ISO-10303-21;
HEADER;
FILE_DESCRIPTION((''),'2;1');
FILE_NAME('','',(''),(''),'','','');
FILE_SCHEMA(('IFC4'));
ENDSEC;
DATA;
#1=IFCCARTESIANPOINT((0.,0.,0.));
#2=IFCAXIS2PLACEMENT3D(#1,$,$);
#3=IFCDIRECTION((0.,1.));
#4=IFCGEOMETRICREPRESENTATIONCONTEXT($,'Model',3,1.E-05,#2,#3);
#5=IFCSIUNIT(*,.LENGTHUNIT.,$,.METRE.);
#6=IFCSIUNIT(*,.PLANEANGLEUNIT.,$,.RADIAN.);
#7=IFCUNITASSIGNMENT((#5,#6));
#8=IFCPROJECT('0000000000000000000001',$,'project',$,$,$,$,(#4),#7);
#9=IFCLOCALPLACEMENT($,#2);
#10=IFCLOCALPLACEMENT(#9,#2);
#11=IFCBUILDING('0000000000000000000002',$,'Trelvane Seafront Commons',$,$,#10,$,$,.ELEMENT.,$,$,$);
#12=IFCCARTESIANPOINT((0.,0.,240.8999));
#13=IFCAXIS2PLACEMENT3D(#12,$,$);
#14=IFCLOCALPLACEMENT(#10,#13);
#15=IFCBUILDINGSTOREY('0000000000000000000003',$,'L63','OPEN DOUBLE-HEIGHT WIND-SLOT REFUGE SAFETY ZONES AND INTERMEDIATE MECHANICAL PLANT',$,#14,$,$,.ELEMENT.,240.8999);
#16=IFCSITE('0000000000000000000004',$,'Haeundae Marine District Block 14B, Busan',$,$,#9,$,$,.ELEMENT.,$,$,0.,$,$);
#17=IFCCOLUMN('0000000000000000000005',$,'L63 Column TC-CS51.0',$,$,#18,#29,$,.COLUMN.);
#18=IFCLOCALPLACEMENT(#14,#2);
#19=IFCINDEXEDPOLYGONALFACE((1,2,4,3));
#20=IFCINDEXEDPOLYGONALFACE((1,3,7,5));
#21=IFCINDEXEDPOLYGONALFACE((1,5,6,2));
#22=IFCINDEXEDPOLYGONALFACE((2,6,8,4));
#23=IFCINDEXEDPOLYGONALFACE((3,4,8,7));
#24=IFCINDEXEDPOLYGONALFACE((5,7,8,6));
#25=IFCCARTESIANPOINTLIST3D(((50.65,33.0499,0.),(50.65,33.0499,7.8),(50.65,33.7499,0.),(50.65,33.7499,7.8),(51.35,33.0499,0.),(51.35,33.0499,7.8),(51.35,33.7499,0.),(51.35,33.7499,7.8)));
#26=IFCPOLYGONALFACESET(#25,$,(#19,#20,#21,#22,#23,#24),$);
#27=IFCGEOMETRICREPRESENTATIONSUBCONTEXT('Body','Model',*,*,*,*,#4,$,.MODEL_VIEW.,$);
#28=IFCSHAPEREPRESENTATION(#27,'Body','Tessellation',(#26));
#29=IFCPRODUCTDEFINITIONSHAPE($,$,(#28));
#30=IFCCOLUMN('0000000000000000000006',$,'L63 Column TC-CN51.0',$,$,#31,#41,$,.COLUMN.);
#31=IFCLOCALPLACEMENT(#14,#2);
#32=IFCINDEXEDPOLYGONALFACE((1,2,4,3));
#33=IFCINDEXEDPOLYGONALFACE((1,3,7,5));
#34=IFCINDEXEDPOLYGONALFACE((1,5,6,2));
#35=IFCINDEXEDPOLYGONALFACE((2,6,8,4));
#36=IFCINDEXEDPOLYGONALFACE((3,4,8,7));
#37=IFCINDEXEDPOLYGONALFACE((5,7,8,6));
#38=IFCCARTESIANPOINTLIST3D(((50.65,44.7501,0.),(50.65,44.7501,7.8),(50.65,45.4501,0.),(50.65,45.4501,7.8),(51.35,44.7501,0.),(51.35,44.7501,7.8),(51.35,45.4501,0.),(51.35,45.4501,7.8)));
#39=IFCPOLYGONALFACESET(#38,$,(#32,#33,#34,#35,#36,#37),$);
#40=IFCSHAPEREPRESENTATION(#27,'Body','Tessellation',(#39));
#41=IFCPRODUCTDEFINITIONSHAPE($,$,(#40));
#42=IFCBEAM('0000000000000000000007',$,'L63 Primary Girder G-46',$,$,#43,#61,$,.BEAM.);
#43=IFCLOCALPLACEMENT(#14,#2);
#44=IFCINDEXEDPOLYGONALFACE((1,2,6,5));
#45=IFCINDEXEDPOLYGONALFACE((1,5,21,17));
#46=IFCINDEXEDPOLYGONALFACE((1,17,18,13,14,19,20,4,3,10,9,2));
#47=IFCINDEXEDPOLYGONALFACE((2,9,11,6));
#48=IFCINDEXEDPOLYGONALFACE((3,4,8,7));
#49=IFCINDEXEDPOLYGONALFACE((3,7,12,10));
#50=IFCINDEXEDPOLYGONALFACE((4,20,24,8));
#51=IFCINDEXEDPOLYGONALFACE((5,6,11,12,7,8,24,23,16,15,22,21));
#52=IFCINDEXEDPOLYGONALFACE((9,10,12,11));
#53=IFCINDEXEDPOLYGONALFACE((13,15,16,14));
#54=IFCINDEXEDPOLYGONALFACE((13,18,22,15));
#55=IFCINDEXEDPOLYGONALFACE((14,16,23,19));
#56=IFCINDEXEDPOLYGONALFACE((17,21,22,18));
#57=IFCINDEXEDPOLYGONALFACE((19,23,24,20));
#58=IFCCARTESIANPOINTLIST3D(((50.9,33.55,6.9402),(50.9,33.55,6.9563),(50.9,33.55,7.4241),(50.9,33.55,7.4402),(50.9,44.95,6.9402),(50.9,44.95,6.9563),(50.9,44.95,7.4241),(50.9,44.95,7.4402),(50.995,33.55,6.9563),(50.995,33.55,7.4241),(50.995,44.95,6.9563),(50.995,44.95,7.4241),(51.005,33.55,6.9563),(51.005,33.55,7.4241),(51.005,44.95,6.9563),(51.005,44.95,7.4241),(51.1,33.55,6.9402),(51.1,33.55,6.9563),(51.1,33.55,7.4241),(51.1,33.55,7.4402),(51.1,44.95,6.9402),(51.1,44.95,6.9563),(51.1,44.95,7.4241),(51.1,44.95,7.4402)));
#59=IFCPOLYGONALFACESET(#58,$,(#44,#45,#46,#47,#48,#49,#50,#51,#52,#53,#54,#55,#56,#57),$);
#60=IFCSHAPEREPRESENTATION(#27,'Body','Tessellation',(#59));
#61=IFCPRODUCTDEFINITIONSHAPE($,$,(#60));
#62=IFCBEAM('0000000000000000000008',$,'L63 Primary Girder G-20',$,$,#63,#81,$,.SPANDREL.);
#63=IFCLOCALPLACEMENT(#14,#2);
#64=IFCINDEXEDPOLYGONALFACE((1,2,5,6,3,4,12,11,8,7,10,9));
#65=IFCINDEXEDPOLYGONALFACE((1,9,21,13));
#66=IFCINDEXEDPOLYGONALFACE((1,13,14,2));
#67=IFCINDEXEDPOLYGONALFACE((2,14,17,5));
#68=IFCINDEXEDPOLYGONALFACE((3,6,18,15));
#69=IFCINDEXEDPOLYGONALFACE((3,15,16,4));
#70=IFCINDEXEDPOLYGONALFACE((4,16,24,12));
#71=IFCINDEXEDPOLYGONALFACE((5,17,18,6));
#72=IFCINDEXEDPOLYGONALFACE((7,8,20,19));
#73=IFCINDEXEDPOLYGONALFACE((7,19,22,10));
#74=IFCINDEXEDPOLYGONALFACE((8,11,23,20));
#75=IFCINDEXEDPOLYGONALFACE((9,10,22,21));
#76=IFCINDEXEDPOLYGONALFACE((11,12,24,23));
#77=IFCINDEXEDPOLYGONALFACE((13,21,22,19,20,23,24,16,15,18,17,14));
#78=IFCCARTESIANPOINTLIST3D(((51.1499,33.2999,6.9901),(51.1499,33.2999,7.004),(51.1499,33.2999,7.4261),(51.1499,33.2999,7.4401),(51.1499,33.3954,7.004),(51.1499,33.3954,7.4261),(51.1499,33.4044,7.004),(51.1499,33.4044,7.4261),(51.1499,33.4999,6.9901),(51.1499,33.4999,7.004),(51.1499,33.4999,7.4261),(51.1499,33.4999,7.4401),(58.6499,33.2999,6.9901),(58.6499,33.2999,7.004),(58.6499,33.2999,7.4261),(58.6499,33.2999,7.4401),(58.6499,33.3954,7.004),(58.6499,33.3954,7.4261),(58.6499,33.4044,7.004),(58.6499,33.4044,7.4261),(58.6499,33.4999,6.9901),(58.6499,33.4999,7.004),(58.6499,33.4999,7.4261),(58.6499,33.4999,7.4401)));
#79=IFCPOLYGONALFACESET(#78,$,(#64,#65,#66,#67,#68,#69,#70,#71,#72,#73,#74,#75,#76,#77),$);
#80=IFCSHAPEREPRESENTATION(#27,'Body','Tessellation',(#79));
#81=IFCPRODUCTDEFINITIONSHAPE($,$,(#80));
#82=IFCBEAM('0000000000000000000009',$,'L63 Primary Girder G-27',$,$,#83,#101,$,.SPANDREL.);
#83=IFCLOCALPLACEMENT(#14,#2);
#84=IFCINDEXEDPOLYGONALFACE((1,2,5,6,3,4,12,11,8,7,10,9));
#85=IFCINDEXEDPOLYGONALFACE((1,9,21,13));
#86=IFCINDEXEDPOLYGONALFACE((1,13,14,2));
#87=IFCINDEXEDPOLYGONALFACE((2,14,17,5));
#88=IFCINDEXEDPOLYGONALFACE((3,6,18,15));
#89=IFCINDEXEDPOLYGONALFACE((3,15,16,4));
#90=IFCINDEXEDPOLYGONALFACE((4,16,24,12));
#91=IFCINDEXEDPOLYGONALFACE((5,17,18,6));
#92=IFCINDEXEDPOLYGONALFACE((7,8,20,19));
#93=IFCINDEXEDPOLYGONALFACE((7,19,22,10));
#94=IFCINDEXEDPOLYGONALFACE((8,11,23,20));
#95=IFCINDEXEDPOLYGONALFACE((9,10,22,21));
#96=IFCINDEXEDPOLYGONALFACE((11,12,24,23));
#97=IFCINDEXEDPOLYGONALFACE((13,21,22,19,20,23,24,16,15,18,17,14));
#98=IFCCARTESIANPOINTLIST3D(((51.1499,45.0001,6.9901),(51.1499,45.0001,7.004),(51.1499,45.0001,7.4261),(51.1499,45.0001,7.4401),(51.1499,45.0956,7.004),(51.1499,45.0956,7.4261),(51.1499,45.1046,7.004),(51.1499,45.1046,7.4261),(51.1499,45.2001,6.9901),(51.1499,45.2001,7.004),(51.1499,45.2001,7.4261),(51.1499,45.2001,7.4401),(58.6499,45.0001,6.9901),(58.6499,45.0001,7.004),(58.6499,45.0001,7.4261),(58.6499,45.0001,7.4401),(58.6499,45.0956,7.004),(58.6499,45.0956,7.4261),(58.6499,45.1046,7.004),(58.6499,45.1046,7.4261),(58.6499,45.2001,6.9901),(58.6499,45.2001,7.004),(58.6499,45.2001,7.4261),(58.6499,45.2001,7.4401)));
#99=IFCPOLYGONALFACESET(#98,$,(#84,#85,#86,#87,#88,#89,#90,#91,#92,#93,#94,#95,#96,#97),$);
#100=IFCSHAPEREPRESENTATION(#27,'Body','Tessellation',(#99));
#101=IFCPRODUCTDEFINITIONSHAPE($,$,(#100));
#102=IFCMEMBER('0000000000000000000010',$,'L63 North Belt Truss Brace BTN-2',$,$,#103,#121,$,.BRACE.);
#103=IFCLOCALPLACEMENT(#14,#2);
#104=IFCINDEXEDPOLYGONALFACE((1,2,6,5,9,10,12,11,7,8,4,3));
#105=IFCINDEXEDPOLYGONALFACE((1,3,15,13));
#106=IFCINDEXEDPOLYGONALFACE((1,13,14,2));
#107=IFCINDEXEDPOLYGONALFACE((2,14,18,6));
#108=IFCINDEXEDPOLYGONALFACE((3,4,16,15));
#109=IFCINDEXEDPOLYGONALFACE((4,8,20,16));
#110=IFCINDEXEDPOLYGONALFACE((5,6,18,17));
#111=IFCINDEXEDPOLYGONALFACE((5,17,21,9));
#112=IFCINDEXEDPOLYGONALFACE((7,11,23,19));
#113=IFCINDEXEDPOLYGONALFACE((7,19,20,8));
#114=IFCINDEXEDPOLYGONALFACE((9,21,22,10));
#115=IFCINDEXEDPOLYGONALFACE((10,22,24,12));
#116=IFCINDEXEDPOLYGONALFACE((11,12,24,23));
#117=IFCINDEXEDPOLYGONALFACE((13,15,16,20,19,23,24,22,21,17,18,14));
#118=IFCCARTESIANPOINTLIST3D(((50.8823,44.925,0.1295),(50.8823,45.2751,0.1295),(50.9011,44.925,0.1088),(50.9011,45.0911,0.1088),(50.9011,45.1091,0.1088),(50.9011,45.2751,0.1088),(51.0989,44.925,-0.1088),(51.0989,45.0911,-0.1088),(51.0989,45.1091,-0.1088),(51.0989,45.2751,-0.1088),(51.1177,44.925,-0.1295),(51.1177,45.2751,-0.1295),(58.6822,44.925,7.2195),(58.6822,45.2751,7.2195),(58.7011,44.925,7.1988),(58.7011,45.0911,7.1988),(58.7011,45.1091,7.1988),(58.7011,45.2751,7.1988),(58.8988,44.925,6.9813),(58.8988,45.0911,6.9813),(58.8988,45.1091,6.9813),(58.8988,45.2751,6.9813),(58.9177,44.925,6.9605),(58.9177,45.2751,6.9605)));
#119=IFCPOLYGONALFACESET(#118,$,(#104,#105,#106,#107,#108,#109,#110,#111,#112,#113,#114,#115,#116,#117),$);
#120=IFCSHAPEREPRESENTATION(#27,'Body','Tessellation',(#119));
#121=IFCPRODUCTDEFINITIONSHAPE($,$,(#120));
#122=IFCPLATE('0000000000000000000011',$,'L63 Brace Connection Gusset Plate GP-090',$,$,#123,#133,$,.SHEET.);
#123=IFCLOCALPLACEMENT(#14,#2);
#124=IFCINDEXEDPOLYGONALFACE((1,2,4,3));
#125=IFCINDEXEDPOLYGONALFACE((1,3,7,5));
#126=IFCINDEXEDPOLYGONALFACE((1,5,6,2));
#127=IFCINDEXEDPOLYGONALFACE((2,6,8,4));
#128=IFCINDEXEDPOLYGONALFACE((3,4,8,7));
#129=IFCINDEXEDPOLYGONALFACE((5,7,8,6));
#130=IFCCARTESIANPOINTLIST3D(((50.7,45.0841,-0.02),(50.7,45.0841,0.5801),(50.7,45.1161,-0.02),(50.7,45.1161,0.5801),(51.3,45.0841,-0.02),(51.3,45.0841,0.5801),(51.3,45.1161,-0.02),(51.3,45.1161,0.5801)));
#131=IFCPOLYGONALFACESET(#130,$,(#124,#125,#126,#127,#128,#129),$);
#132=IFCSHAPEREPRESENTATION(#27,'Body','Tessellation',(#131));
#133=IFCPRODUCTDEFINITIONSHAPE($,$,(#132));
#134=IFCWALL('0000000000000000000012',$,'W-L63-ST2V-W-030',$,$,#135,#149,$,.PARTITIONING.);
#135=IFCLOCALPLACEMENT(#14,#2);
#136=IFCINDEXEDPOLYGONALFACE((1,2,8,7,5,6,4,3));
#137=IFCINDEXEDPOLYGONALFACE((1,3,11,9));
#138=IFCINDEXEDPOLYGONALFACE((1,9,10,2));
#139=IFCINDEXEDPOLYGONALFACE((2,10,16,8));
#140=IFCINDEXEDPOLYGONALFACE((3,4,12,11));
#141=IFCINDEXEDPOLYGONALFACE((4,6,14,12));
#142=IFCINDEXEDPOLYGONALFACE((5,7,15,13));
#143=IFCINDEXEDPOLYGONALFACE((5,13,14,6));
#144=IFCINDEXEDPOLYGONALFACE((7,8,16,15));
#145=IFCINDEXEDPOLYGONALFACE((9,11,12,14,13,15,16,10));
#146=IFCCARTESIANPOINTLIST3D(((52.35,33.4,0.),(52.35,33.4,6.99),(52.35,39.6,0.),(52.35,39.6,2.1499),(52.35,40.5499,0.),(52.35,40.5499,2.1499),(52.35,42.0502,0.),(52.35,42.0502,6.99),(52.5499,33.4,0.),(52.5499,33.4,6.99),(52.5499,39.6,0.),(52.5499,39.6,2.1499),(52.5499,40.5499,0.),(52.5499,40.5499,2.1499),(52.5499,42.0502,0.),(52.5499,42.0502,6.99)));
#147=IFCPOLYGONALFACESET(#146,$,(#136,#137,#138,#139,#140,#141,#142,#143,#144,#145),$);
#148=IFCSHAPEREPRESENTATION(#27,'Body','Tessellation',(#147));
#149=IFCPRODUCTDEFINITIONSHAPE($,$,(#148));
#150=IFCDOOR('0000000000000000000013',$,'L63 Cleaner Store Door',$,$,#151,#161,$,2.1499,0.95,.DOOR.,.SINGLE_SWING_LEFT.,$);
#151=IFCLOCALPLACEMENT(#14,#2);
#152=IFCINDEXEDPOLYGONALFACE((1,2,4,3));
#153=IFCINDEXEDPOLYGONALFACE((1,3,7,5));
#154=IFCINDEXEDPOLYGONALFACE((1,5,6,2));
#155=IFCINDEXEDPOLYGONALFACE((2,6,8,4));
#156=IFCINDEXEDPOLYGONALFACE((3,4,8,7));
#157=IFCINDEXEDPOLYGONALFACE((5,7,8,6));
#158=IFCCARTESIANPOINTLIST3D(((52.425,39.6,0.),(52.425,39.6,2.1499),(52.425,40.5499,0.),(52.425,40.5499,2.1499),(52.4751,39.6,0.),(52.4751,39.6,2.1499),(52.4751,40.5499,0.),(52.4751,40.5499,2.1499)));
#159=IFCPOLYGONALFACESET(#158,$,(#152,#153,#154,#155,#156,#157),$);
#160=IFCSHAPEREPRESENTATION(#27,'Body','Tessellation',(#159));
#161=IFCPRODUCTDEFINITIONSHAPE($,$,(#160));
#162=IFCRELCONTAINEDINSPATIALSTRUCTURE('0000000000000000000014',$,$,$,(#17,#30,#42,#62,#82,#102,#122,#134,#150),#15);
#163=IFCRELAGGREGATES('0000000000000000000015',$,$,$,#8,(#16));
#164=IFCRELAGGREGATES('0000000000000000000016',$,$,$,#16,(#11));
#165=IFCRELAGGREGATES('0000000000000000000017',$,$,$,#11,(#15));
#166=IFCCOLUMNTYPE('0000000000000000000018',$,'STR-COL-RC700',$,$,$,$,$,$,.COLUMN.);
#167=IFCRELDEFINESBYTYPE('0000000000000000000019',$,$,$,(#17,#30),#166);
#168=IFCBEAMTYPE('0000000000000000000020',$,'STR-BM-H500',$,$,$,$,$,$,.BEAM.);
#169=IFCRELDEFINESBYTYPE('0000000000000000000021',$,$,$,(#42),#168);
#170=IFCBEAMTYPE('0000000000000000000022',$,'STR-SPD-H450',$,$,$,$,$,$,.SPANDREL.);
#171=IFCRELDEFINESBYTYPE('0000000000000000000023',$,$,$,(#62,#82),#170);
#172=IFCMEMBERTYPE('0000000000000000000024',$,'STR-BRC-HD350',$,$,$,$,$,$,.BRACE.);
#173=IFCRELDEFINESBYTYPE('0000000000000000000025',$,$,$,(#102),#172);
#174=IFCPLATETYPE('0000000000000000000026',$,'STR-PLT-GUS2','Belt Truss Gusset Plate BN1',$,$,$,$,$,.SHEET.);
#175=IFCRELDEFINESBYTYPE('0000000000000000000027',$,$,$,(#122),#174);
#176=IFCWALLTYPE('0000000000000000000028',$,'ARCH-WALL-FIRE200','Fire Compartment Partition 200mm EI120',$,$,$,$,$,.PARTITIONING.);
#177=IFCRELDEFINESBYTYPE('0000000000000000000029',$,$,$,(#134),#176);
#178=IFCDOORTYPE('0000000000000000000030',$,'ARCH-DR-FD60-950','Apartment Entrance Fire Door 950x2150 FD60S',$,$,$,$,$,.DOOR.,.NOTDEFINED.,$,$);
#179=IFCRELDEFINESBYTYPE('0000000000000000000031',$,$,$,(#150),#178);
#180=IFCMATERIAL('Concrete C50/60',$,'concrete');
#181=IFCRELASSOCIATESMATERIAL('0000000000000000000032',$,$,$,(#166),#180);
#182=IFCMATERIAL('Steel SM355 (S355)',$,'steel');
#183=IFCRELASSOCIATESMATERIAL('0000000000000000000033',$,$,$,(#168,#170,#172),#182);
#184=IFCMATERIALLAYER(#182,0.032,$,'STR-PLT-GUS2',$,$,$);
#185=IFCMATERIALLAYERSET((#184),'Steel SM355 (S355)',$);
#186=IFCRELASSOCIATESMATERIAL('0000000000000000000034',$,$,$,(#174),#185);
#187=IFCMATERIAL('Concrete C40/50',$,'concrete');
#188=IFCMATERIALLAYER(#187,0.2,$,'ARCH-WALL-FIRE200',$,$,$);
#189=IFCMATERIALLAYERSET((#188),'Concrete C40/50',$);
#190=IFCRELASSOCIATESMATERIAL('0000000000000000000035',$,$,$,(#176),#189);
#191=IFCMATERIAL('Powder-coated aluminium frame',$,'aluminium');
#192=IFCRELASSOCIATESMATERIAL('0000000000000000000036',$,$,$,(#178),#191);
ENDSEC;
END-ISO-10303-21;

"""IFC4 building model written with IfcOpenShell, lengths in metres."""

from ifc_helpers import new_model, si_unit, direction, frame, frame_2d, origin, origin_2d, place, context, subcontext, project, spatial, rectangle, i_section, extrude, source, transform, mapped, material, layer, layer_set, material_profile, profile_set, type_object, element, fill, save


model = new_model("IFC4")

# Units and contexts
model_context = context("Model", 3, precision=1e-05, world=origin(), true_north=direction((0.0, 1.0)))
body_context = subcontext(model_context, "Body", "Model", "MODEL_VIEW")
ifc_project = project(units=[si_unit("LENGTHUNIT", "METRE"), si_unit("PLANEANGLEUNIT", "RADIAN")], contexts=[model_context])

# Site, building, storey
site_placement = place(None, origin())
site = spatial("IfcSite", under=ifc_project, at=site_placement, Name="Haeundae Marine District Block 14B, Busan", CompositionType="ELEMENT", RefElevation=0.0)
building_placement = place(site_placement, origin())
building = spatial("IfcBuilding", under=site, at=building_placement, Name="Trelvane Seafront Commons", CompositionType="ELEMENT")
storey_placement = place(building_placement, frame((0.0, 0.0, 240.8999)))
storey = spatial("IfcBuildingStorey", under=building, at=storey_placement, Name="L63", Description="OPEN DOUBLE-HEIGHT WIND-SLOT REFUGE SAFETY ZONES AND INTERMEDIATE MECHANICAL PLANT", CompositionType="ELEMENT", Elevation=240.8999)

# Columns
ifc_material_1 = material(Name="Concrete C50/60", Category="concrete")
ifc_material_profile_1 = material_profile(ifc_material_1, rectangle(XDim=0.7, YDim=0.7, at=origin_2d()), Name="RC-700x700")
ifc_profile_set_1 = profile_set([ifc_material_profile_1], Name="Concrete C50/60")
column_type = type_object("IfcColumnType", Name="STR-COL-RC700", PredefinedType="COLUMN", material=ifc_profile_set_1)
shared_shape_1 = source(origin(), body_context, "Body", "SweptSolid", [
    extrude(rectangle(XDim=0.7, YDim=0.7, at=origin_2d()), origin(), (0.0, 0.0, 1.0), 7.8),
])
for number, where, z_axis, x_axis, name in (
    (1, (51.0, 33.3999, 0.0), (0.0, 0.0, 1.0), (1.0, 0.0, 0.0), "L63 Column TC-CS51.0"),
    (2, (51.0, 45.1001, 0.0), (0.0, 0.0, 1.0), (1.0, 0.0, 0.0), "L63 Column TC-CN51.0"),
):
    element("IfcColumn", number, at=place(storey_placement, frame(where, z_axis=z_axis, x_axis=x_axis)), inside=storey, type_object=column_type, Name=name, PredefinedType="COLUMN", context=body_context, shape_type="MappedRepresentation", body=[
        mapped(shared_shape_1, transform((0.0, 0.0, 0.0), x_axis=(1.0, 0.0, 0.0), y_axis=(0.0, 1.0, 0.0), z_axis=(0.0, 0.0, 1.0), scale=1.0)),
    ])

# Beams
ifc_material_2 = material(Name="Steel SM355 (S355)", Category="steel")
ifc_material_profile_2 = material_profile(ifc_material_2, i_section(OverallWidth=0.2, OverallDepth=0.5, WebThickness=0.01, FlangeThickness=0.0161, at=origin_2d()), Name="H-500x200x10x16")
ifc_profile_set_2 = profile_set([ifc_material_profile_2], Name="Steel SM355 (S355)")
beam_type_1 = type_object("IfcBeamType", Name="STR-BM-H500", PredefinedType="BEAM", material=ifc_profile_set_2)
shared_shape_2 = source(origin(), body_context, "Body", "SweptSolid", [
    extrude(i_section(OverallWidth=0.2, OverallDepth=0.5, WebThickness=0.01, FlangeThickness=0.0161, at=origin_2d()), origin(), (0.0, 0.0, 1.0), 11.3999),
])
beam_placement = place(storey_placement, frame((51.0, 33.55, 7.1902), z_axis=(0.0, 1.0, 0.0), x_axis=(-1.0, 0.0, 0.0)))
element("IfcBeam", 3, at=beam_placement, inside=storey, type_object=beam_type_1, Name="L63 Primary Girder G-46", PredefinedType="BEAM", context=body_context, shape_type="MappedRepresentation", body=[
    mapped(shared_shape_2, transform((0.0, 0.0, 0.0), x_axis=(1.0, 0.0, 0.0), y_axis=(0.0, 1.0, 0.0), z_axis=(0.0, 0.0, 1.0), scale=1.0)),
])
ifc_material_profile_3 = material_profile(ifc_material_2, i_section(OverallWidth=0.2, OverallDepth=0.45, WebThickness=0.009, FlangeThickness=0.0139, at=origin_2d()), Name="H-450x200x9x14")
ifc_profile_set_3 = profile_set([ifc_material_profile_3], Name="Steel SM355 (S355)")
beam_type_2 = type_object("IfcBeamType", Name="STR-SPD-H450", PredefinedType="SPANDREL", material=ifc_profile_set_3)
shared_shape_3 = source(origin(), body_context, "Body", "SweptSolid", [
    extrude(i_section(OverallWidth=0.2, OverallDepth=0.45, WebThickness=0.009, FlangeThickness=0.0139, at=origin_2d()), origin(), (0.0, 0.0, 1.0), 7.5),
])
for number, where, z_axis, x_axis, name in (
    (4, (51.1499, 33.3999, 7.2151), (1.0, 0.0, 0.0), (0.0, 1.0, 0.0), "L63 Primary Girder G-20"),
    (5, (51.1499, 45.1001, 7.2151), (1.0, 0.0, 0.0), (0.0, 1.0, 0.0), "L63 Primary Girder G-27"),
):
    element("IfcBeam", number, at=place(storey_placement, frame(where, z_axis=z_axis, x_axis=x_axis)), inside=storey, type_object=beam_type_2, Name=name, PredefinedType="SPANDREL", context=body_context, shape_type="MappedRepresentation", body=[
        mapped(shared_shape_3, transform((0.0, 0.0, 0.0), x_axis=(1.0, 0.0, 0.0), y_axis=(0.0, 1.0, 0.0), z_axis=(0.0, 0.0, 1.0), scale=1.0)),
    ])

# Member
ifc_material_profile_4 = material_profile(ifc_material_2, i_section(OverallWidth=0.3501, OverallDepth=0.3501, WebThickness=0.0181, FlangeThickness=0.0281, at=origin_2d()), Name="HD-350x350x18x28")
ifc_profile_set_4 = profile_set([ifc_material_profile_4], Name="Steel SM355 (S355)")
member_type = type_object("IfcMemberType", Name="STR-BRC-HD350", PredefinedType="BRACE", material=ifc_profile_set_4)
shared_shape_4 = source(origin(), body_context, "Body", "SweptSolid", [
    extrude(i_section(OverallWidth=0.3501, OverallDepth=0.3501, WebThickness=0.0181, FlangeThickness=0.0281, at=origin_2d()), origin(), (0.0, 0.0, 1.0), 10.5408),
])
member_placement = place(storey_placement, frame((51.0, 45.1001, 0.0), z_axis=(0.739981, 0.0, 0.672628), x_axis=(0.0, 1.0, 0.0)))
element("IfcMember", 6, at=member_placement, inside=storey, type_object=member_type, Name="L63 North Belt Truss Brace BTN-2", PredefinedType="BRACE", context=body_context, shape_type="MappedRepresentation", body=[
    mapped(shared_shape_4, transform((0.0, 0.0, 0.0), x_axis=(1.0, 0.0, 0.0), y_axis=(0.0, 1.0, 0.0), z_axis=(0.0, 0.0, 1.0), scale=1.0)),
])

# Plate
ifc_layer_1 = layer(ifc_material_2, 0.032, Name="STR-PLT-GUS2")
ifc_layer_set_1 = layer_set([ifc_layer_1], Name="Steel SM355 (S355)")
plate_type = type_object("IfcPlateType", Name="STR-PLT-GUS2", Description="Belt Truss Gusset Plate BN1", PredefinedType="SHEET", material=ifc_layer_set_1)
shared_shape_5 = source(origin(), body_context, "Body", "SweptSolid", [
    extrude(rectangle(XDim=0.6001, YDim=0.032, at=origin_2d()), origin(), (0.0, 0.0, 1.0), 0.6001),
])
plate_placement = place(storey_placement, frame((51.0, 45.1001, -0.02), z_axis=(0.0, 0.0, 1.0), x_axis=(1.0, 0.0, 0.0)))
element("IfcPlate", 7, at=plate_placement, inside=storey, type_object=plate_type, Name="L63 Brace Connection Gusset Plate GP-090", PredefinedType="SHEET", context=body_context, shape_type="MappedRepresentation", body=[
    mapped(shared_shape_5, transform((0.0, 0.0, 0.0), x_axis=(1.0, 0.0, 0.0), y_axis=(0.0, 1.0, 0.0), z_axis=(0.0, 0.0, 1.0), scale=1.0)),
])

# Wall, opening, door
ifc_material_3 = material(Name="Concrete C40/50", Category="concrete")
ifc_layer_2 = layer(ifc_material_3, 0.2, Name="ARCH-WALL-FIRE200")
ifc_layer_set_2 = layer_set([ifc_layer_2], Name="Concrete C40/50")
wall_type_1 = type_object("IfcWallType", Name="ARCH-WALL-FIRE200", Description="Fire Compartment Partition 200mm EI120", PredefinedType="PARTITIONING", material=ifc_layer_set_2)
wall_1_placement = place(storey_placement, frame((52.45, 33.3999, 0.0), z_axis=(0.0, 0.0, 1.0), x_axis=(0.0, 1.0, 0.0)))
wall_1 = element("IfcWall", 8, at=wall_1_placement, inside=storey, type_object=wall_type_1, Name="W-L63-ST2V-W-030", PredefinedType="PARTITIONING", context=body_context, shape_type="SweptSolid", body=[
    extrude(rectangle(XDim=8.6501, YDim=0.2, at=frame_2d((4.3252, 0.0))), origin(), (0.0, 0.0, 1.0), 6.99),
])
opening_1_placement = place(wall_1_placement, frame((6.2, 0.0, 0.0)))
opening_1 = element("IfcOpeningElement", 9, at=opening_1_placement, cuts=wall_1, PredefinedType="OPENING", context=body_context, shape_type="SweptSolid", body=[
    extrude(rectangle(XDim=0.95, YDim=2.1499, at=frame_2d((0.4751, 1.075))), frame((0.0, 0.1099, 0.0), z_axis=(0.0, -1.0, 0.0), x_axis=(1.0, 0.0, 0.0)), (0.0, 0.0, 1.0), 0.22),
])
ifc_material_4 = material(Name="Powder-coated aluminium frame", Category="aluminium")
door_type_1 = type_object("IfcDoorType", Name="ARCH-DR-FD60-950", Description="Apartment Entrance Fire Door 950x2150 FD60S", OperationType="NOTDEFINED", PredefinedType="DOOR", material=ifc_material_4)
shared_shape_6 = source(origin(), body_context, "Body", "SweptSolid", [
    extrude(rectangle(XDim=0.95, YDim=2.1499, at=frame_2d((0.4751, 1.075))), frame((0.0, 0.0249, 0.0), z_axis=(0.0, -1.0, 0.0), x_axis=(1.0, 0.0, 0.0)), (0.0, 0.0, 1.0), 0.05),
])
door_1_placement = place(opening_1_placement, origin())
door_1 = element("IfcDoor", 10, at=door_1_placement, inside=storey, type_object=door_type_1, Name="L63 Cleaner Store Door", OperationType="SINGLE_SWING_LEFT", OverallHeight=2.1499, OverallWidth=0.95, PredefinedType="DOOR", context=body_context, shape_type="MappedRepresentation", body=[
    mapped(shared_shape_6, transform((0.0, 0.0, 0.0), x_axis=(1.0, 0.0, 0.0), y_axis=(0.0, 1.0, 0.0), z_axis=(0.0, 0.0, 1.0), scale=1.0)),
])
fill(opening_1, door_1)

save(model, "model.ifc")
